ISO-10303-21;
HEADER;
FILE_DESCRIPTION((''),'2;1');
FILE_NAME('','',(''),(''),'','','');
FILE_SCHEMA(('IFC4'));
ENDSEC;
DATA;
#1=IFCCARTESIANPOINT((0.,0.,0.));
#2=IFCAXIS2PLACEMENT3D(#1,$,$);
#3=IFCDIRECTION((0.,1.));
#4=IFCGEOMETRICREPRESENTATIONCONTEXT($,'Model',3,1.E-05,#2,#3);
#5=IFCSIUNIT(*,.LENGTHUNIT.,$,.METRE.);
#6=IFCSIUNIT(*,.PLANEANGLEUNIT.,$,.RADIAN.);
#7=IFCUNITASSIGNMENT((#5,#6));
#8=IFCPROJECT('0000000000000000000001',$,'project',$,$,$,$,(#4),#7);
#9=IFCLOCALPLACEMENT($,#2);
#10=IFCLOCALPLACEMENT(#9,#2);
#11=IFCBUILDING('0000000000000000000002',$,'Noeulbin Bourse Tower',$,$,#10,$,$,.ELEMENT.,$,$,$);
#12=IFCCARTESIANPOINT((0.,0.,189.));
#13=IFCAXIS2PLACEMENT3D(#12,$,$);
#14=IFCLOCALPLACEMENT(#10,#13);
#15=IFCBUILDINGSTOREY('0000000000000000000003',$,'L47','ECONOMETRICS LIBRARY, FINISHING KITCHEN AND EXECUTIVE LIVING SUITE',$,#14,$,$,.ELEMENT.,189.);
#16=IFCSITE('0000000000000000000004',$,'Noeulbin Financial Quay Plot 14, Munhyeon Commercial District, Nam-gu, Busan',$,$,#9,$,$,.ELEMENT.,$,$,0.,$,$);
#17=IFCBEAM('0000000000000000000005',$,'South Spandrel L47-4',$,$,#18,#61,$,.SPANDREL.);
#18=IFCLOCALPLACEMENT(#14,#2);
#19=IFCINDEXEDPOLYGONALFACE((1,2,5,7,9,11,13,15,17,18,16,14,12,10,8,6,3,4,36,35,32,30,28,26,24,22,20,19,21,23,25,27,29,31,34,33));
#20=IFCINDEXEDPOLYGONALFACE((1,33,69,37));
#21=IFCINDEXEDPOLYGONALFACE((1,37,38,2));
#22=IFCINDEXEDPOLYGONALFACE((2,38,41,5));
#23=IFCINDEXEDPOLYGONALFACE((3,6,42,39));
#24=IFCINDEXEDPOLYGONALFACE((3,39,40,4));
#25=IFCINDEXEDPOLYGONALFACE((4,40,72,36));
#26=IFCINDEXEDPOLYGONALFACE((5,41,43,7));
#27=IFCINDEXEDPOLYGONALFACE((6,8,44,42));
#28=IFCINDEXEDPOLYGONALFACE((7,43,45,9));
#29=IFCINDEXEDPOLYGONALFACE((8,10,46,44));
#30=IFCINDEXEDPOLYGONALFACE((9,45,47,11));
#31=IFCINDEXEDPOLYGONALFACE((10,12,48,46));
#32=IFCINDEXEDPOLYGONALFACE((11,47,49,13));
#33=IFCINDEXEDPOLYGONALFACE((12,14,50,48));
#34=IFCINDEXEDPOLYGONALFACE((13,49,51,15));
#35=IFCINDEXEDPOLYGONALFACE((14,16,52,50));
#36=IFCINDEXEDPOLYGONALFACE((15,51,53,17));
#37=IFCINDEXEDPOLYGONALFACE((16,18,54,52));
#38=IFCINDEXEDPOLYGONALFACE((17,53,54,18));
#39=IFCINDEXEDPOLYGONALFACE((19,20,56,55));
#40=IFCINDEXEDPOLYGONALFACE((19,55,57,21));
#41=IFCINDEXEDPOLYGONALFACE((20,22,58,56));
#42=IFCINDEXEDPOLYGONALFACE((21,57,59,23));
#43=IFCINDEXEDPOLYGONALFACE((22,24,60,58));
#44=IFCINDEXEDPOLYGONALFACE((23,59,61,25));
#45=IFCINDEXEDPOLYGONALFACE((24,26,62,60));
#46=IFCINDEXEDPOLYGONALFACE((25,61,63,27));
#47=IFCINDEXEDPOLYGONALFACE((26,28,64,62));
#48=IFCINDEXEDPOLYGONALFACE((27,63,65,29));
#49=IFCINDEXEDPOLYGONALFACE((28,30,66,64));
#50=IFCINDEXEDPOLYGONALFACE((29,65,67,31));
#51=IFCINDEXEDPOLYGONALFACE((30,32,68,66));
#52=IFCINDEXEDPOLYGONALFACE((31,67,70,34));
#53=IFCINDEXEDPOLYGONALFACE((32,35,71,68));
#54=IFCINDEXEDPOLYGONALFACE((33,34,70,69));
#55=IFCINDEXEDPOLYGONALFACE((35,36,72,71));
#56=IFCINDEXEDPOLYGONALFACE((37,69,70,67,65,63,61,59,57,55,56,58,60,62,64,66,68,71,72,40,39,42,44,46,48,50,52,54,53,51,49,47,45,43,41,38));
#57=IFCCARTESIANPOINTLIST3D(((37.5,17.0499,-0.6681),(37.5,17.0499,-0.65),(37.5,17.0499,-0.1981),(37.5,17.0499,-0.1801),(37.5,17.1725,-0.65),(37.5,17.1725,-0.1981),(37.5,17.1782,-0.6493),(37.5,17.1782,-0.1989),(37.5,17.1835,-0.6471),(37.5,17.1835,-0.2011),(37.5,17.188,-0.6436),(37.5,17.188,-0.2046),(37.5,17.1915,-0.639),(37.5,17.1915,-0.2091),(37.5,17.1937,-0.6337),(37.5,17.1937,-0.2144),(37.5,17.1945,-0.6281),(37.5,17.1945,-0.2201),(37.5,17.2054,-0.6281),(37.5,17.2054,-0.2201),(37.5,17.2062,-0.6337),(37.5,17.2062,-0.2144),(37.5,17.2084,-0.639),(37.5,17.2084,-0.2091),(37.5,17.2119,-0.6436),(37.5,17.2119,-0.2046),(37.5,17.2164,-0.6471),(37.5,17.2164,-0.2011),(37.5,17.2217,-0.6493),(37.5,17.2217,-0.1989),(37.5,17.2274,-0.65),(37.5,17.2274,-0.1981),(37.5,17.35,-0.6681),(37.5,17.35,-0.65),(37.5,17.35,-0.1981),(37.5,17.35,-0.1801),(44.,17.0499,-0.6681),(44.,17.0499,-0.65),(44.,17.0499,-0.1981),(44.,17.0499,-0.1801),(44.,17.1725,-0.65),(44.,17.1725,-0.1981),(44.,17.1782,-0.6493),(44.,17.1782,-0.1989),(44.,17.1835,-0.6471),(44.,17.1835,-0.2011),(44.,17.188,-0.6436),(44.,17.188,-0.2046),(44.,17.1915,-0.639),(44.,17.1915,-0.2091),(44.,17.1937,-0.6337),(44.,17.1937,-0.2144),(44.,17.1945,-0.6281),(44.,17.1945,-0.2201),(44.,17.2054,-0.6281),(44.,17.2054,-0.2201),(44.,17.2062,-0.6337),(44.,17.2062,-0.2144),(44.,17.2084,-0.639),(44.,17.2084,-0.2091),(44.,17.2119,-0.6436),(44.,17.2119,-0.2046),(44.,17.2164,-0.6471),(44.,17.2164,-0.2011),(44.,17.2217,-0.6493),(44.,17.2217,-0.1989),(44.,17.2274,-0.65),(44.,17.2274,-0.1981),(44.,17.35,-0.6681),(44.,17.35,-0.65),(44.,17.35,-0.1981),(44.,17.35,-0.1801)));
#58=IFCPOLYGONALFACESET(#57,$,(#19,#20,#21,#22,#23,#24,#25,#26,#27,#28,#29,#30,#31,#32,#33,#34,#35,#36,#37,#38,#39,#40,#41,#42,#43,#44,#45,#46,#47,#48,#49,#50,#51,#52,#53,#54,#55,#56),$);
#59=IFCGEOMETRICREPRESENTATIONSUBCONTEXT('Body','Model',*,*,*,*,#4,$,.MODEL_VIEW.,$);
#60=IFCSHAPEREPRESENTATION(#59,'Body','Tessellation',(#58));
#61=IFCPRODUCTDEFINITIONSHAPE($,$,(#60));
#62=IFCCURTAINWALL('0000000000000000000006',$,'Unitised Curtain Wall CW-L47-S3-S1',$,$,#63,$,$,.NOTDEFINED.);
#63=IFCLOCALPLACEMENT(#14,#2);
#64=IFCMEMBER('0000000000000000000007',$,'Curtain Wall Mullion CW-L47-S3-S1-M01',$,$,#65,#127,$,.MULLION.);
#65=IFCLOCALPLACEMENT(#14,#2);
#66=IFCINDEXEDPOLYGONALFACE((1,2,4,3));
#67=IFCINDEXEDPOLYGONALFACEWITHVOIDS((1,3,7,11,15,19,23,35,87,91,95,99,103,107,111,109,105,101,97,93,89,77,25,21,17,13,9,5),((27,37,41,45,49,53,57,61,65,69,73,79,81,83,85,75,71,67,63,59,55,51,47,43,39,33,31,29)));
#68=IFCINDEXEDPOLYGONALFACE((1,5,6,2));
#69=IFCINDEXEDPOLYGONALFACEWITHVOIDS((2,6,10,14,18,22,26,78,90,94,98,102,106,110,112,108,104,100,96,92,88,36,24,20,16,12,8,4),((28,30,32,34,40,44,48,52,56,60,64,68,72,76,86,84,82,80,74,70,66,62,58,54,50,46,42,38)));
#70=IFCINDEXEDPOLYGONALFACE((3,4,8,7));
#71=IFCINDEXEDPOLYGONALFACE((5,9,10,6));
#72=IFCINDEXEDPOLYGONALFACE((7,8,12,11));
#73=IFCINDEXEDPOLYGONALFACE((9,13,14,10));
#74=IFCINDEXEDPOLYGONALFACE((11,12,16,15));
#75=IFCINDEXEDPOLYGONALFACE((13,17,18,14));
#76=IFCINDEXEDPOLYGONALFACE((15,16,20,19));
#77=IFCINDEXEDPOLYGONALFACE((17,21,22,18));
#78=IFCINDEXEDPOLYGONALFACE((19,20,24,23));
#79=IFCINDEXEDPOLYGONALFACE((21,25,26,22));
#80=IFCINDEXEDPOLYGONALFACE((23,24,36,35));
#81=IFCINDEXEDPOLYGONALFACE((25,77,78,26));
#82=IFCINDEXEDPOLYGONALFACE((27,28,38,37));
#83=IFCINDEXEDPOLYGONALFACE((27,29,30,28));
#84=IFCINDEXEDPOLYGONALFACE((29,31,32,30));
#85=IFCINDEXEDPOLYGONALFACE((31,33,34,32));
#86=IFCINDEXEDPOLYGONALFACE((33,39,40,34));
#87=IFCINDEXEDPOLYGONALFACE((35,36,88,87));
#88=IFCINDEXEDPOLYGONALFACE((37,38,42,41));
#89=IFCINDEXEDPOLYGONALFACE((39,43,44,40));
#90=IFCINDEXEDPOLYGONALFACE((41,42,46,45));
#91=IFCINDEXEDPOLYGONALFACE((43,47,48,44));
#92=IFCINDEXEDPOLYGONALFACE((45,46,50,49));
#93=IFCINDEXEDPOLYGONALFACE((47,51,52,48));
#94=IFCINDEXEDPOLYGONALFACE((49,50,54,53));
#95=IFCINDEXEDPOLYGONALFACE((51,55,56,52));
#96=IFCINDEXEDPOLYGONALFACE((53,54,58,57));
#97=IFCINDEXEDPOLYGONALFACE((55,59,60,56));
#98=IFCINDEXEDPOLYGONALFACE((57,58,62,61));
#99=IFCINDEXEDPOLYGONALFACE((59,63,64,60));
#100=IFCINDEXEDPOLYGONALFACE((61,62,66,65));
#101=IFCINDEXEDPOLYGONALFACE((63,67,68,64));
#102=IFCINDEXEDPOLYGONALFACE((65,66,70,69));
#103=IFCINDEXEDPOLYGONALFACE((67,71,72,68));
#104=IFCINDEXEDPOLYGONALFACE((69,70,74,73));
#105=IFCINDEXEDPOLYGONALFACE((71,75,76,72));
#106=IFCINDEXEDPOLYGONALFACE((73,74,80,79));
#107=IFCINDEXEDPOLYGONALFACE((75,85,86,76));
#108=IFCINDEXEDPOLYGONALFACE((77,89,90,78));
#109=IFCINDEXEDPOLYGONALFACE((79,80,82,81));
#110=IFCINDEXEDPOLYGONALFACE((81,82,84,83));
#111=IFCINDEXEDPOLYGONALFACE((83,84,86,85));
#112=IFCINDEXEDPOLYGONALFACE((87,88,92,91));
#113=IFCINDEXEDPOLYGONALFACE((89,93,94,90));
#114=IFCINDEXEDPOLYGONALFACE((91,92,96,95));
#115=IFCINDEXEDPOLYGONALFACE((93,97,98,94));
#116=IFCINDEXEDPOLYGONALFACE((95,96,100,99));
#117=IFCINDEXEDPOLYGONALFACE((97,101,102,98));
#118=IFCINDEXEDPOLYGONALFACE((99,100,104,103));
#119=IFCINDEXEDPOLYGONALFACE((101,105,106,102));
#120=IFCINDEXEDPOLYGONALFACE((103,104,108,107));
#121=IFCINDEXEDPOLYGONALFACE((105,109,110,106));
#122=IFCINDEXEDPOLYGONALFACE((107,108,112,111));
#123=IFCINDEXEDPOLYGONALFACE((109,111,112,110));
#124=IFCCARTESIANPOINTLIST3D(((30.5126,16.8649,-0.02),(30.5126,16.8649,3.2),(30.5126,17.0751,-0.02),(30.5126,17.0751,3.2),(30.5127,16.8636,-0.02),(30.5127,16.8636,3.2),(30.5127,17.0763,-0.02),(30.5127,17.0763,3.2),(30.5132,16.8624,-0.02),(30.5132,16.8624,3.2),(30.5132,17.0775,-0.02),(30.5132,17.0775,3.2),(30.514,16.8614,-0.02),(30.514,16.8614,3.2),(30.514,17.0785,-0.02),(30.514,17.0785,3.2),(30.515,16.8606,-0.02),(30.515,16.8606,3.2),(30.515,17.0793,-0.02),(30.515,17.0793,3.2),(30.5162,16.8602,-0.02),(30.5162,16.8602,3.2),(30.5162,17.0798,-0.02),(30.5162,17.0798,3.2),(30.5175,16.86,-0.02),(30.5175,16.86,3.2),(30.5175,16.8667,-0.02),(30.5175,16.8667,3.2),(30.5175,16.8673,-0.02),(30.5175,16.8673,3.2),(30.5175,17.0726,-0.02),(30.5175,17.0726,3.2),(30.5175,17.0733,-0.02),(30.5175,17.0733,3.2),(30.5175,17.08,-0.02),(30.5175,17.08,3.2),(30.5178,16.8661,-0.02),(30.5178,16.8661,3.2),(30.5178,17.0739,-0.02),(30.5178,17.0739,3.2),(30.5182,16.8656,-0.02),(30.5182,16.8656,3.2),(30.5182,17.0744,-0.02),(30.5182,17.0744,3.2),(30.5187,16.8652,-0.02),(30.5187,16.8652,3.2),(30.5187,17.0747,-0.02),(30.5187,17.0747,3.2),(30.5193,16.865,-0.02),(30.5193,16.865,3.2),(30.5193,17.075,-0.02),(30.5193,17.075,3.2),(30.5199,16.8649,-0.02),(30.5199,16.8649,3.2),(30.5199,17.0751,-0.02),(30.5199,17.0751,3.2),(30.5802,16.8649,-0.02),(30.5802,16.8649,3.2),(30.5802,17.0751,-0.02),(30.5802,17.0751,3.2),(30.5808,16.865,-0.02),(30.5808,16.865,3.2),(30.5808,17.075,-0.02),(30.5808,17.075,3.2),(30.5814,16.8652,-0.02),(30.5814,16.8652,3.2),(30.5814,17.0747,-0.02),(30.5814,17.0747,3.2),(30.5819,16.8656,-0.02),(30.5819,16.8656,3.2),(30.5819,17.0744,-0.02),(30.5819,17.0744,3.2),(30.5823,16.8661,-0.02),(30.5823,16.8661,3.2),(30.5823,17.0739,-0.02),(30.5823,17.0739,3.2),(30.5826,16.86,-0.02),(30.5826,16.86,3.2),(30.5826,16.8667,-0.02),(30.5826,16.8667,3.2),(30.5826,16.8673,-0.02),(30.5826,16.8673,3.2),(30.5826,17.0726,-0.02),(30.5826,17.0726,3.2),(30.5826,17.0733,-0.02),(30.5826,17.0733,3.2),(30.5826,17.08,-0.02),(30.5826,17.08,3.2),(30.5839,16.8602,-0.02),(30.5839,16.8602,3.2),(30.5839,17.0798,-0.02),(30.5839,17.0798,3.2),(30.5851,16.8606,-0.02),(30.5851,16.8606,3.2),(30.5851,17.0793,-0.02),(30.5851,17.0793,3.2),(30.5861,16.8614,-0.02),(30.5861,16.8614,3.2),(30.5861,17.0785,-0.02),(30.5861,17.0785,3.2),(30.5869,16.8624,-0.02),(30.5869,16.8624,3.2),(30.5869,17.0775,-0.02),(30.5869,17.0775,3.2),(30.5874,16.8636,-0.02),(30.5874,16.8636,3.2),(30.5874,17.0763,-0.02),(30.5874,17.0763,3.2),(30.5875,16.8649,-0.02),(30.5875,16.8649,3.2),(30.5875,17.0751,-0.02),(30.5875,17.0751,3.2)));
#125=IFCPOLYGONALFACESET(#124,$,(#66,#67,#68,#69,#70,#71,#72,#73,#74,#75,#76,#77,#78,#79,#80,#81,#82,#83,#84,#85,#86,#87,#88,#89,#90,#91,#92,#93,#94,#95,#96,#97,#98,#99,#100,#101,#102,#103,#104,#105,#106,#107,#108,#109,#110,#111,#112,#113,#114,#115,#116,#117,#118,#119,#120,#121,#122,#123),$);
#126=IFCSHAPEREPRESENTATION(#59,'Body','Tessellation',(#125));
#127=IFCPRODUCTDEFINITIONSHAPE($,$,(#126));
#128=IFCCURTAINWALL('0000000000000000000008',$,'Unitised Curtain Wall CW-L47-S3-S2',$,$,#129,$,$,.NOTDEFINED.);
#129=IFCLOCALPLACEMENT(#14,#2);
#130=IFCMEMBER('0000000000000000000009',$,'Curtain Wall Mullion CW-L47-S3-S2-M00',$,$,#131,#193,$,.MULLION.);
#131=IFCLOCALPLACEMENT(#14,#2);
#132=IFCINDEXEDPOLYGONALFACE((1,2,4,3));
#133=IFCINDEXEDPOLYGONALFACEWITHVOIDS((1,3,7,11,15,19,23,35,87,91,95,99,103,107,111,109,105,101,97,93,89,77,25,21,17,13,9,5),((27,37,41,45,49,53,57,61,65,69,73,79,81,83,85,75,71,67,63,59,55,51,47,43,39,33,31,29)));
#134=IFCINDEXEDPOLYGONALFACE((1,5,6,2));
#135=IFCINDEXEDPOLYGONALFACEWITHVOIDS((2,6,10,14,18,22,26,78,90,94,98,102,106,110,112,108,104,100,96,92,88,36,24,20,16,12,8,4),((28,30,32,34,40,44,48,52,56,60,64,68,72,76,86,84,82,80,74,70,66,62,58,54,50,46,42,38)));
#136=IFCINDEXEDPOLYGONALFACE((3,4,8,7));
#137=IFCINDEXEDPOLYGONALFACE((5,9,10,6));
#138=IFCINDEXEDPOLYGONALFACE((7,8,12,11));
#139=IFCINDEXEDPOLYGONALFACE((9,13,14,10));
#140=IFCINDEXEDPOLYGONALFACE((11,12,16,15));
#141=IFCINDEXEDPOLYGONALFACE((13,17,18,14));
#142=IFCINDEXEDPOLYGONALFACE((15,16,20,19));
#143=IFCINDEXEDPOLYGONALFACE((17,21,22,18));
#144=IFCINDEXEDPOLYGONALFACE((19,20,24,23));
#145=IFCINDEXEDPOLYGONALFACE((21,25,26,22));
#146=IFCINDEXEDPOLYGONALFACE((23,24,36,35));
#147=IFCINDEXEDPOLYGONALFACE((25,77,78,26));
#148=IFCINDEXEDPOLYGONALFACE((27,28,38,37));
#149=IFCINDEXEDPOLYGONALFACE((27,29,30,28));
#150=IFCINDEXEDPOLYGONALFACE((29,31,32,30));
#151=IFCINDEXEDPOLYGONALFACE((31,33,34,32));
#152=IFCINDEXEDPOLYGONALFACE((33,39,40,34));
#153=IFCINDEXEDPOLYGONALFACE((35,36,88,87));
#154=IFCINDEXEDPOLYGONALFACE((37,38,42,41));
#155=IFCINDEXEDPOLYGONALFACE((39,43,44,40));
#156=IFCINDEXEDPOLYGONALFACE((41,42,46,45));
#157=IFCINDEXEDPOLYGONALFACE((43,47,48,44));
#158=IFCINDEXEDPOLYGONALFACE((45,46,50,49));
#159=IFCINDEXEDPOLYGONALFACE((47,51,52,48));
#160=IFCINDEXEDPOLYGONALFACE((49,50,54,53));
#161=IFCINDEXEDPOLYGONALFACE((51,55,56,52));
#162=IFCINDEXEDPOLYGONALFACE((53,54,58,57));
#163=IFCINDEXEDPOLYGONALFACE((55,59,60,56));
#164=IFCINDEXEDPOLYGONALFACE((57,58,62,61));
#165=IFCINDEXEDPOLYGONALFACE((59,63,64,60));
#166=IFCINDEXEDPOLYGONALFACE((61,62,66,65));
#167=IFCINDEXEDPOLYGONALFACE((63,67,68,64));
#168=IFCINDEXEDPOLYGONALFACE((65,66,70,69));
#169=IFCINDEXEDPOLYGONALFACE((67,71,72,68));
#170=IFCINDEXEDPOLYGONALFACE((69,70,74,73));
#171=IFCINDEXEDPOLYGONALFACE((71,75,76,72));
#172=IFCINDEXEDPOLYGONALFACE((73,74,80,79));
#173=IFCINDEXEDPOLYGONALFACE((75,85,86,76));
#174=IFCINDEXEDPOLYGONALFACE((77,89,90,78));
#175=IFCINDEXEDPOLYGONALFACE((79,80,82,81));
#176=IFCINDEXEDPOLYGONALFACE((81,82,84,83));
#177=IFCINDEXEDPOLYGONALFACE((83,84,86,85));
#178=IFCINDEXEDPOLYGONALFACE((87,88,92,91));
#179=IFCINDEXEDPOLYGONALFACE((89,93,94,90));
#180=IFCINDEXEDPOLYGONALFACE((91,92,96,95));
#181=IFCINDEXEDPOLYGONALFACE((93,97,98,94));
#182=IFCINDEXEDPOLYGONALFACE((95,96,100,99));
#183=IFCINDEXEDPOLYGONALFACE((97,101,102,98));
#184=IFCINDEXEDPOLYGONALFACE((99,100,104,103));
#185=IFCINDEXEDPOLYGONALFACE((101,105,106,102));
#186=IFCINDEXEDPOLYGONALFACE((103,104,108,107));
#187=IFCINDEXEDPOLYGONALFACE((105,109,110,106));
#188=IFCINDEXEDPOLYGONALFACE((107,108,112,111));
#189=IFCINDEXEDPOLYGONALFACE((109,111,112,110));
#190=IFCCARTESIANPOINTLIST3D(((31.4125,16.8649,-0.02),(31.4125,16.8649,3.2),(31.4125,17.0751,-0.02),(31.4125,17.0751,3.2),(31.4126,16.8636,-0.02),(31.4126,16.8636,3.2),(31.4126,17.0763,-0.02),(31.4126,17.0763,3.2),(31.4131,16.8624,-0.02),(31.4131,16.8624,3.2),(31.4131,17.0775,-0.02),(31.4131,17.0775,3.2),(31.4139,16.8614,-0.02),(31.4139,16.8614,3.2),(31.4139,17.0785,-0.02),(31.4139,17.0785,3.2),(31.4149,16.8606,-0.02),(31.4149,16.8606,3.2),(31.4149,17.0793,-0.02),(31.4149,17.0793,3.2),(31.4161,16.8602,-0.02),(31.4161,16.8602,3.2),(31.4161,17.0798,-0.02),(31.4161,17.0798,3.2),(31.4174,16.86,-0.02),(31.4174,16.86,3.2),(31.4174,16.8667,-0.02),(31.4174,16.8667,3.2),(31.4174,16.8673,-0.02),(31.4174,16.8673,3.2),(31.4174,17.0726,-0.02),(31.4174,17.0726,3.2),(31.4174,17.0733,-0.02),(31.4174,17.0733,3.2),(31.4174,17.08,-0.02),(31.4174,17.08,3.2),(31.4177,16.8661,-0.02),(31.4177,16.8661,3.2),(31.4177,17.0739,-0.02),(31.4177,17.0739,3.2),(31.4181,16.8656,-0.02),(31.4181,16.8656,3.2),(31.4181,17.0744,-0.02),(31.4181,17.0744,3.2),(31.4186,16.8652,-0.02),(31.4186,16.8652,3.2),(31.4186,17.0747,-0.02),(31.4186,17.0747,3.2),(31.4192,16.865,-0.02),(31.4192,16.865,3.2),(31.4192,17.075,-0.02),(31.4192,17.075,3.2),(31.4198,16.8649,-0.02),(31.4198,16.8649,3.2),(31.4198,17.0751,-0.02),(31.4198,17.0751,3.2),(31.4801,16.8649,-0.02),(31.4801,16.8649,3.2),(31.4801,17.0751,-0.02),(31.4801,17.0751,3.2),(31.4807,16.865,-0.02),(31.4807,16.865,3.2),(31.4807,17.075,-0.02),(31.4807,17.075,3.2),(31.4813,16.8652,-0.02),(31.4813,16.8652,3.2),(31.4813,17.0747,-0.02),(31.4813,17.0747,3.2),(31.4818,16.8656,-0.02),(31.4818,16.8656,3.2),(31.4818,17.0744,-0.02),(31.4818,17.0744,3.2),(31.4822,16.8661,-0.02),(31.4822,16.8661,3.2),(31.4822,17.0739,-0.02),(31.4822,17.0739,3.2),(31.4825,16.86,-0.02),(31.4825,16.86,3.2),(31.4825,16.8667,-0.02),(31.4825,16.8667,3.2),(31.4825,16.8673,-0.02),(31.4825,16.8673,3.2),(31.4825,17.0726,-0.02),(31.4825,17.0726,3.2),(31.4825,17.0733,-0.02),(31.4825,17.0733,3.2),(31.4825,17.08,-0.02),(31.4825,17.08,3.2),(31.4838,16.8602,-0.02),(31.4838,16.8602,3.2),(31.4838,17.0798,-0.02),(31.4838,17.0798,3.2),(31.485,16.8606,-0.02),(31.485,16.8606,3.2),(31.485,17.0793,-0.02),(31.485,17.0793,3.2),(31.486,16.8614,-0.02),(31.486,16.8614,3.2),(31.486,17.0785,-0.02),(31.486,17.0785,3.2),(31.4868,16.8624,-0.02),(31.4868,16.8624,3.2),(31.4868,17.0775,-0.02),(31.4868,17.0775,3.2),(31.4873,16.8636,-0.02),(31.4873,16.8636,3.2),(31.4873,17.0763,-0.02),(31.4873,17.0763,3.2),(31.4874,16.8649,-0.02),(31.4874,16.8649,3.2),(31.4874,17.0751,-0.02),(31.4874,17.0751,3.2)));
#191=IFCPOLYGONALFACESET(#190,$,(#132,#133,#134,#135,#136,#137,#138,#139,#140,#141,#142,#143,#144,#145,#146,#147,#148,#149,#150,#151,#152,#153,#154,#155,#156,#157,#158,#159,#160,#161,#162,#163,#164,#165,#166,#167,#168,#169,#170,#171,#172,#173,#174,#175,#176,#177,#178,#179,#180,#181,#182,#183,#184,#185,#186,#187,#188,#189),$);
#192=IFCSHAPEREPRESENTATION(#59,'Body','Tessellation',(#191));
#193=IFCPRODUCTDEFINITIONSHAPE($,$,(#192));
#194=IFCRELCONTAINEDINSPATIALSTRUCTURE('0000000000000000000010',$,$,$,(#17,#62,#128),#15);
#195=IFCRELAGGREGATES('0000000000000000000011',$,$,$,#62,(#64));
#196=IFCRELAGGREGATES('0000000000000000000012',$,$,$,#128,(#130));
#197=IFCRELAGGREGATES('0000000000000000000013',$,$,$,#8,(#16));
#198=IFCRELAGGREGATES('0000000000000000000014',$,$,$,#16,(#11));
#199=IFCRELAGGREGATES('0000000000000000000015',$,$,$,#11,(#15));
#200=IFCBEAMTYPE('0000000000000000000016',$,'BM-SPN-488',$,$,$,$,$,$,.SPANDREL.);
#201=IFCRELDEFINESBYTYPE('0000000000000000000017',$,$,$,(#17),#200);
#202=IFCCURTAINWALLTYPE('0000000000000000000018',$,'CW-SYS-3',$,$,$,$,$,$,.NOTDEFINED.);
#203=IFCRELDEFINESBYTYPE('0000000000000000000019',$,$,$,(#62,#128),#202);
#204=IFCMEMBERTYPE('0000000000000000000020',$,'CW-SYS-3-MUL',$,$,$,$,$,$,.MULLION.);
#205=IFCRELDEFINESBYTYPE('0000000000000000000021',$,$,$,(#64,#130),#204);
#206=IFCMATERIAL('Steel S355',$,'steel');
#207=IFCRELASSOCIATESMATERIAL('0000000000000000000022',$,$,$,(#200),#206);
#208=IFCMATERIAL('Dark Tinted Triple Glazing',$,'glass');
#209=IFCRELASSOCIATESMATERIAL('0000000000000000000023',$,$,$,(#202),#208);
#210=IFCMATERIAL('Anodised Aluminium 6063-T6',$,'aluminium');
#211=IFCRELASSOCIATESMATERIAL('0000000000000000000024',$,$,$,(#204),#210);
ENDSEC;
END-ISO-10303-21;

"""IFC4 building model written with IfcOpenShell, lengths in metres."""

from ifc_helpers import new_model, si_unit, direction, frame, origin, origin_2d, place, context, subcontext, project, spatial, hollow_rectangle, i_section, extrude, material, material_profile, profile_set, type_object, element, aggregate, save


model = new_model("IFC4")

# Units and contexts
model_context = context("Model", 3, precision=1e-05, world=origin(), true_north=direction((0.0, 1.0)))
body_context = subcontext(model_context, "Body", "Model", "MODEL_VIEW")
ifc_project = project(units=[si_unit("LENGTHUNIT", "METRE"), si_unit("PLANEANGLEUNIT", "RADIAN")], contexts=[model_context])

# Site, building, storey
site_placement = place(None, origin())
site = spatial("IfcSite", under=ifc_project, at=site_placement, Name="Noeulbin Financial Quay Plot 14, Munhyeon Commercial District, Nam-gu, Busan", CompositionType="ELEMENT", RefElevation=0.0)
building_placement = place(site_placement, origin())
building = spatial("IfcBuilding", under=site, at=building_placement, Name="Noeulbin Bourse Tower", CompositionType="ELEMENT")
storey_placement = place(building_placement, frame((0.0, 0.0, 189.0)))
storey = spatial("IfcBuildingStorey", under=building, at=storey_placement, Name="L47", Description="ECONOMETRICS LIBRARY, FINISHING KITCHEN AND EXECUTIVE LIVING SUITE", CompositionType="ELEMENT", Elevation=189.0)

# Shared definitions
ifc_material_1 = material(Name="Steel S355", Category="steel")

# Beam
ifc_material_profile_1 = material_profile(ifc_material_1, i_section(OverallWidth=0.3, OverallDepth=0.488, WebThickness=0.011, FlangeThickness=0.0181, FilletRadius=0.022, at=origin_2d()), Name="H-488x300x11x18", Category="LoadBearing")
ifc_profile_set_1 = profile_set([ifc_material_profile_1], Name="Steel S355")
beam_type_1 = type_object("IfcBeamType", Name="BM-SPN-488", PredefinedType="SPANDREL", material=ifc_profile_set_1)
for number, where, z_axis, x_axis, name in (
    (1, (37.5, 17.2, -0.4241), (1.0, 0.0, 0.0), (0.0, 1.0, 0.0), "South Spandrel L47-4"),
):
    element("IfcBeam", number, at=place(storey_placement, frame(where, z_axis=z_axis, x_axis=x_axis)), inside=storey, type_object=beam_type_1, Name=name, PredefinedType="SPANDREL", context=body_context, shape_type="SweptSolid", body=[
        extrude(i_section(OverallWidth=0.3, OverallDepth=0.488, WebThickness=0.011, FlangeThickness=0.0181, FilletRadius=0.022, at=origin_2d()), origin(), (0.0, 0.0, 1.0), 6.5),
    ])

# Curtain wall, member
ifc_material_2 = material(Name="Dark Tinted Triple Glazing", Category="glass")
curtain_wall_type = type_object("IfcCurtainWallType", Name="CW-SYS-3", PredefinedType="NOTDEFINED", material=ifc_material_2)
curtain_wall_1_placement = place(storey_placement, origin())
curtain_wall_1 = element("IfcCurtainWall", 2, at=curtain_wall_1_placement, inside=storey, type_object=curtain_wall_type, Name="Unitised Curtain Wall CW-L47-S3-S1", PredefinedType="NOTDEFINED")
ifc_material_3 = material(Name="Anodised Aluminium 6063-T6", Category="aluminium")
ifc_material_profile_2 = material_profile(ifc_material_3, hollow_rectangle(XDim=0.075, YDim=0.22, WallThickness=0.0049, InnerFilletRadius=0.0024, OuterFilletRadius=0.0049, at=origin_2d()), Name="ALU-MULL-75x220x5", Category="LoadBearing")
ifc_profile_set_2 = profile_set([ifc_material_profile_2], Name="Anodised Aluminium 6063-T6")
member_type_1 = type_object("IfcMemberType", Name="CW-SYS-3-MUL", PredefinedType="MULLION", material=ifc_profile_set_2)
member_1_placement = place(storey_placement, frame((30.55, 16.97, -0.02), z_axis=(0.0, 0.0, 1.0), x_axis=(1.0, 0.0, 0.0)))
member_1 = element("IfcMember", 3, at=member_1_placement, type_object=member_type_1, Name="Curtain Wall Mullion CW-L47-S3-S1-M01", PredefinedType="MULLION", context=body_context, shape_type="SweptSolid", body=[
    extrude(hollow_rectangle(XDim=0.075, YDim=0.22, WallThickness=0.0049, InnerFilletRadius=0.0024, OuterFilletRadius=0.0049, at=origin_2d()), origin(), (0.0, 0.0, 1.0), 3.22),
])

# Curtain wall, member
curtain_wall_2_placement = place(storey_placement, origin())
curtain_wall_2 = element("IfcCurtainWall", 4, at=curtain_wall_2_placement, inside=storey, type_object=curtain_wall_type, Name="Unitised Curtain Wall CW-L47-S3-S2", PredefinedType="NOTDEFINED")
member_2_placement = place(storey_placement, frame((31.45, 16.97, -0.02), z_axis=(0.0, 0.0, 1.0), x_axis=(1.0, 0.0, 0.0)))
member_2 = element("IfcMember", 5, at=member_2_placement, type_object=member_type_1, Name="Curtain Wall Mullion CW-L47-S3-S2-M00", PredefinedType="MULLION", context=body_context, shape_type="SweptSolid", body=[
    extrude(hollow_rectangle(XDim=0.075, YDim=0.22, WallThickness=0.0049, InnerFilletRadius=0.0024, OuterFilletRadius=0.0049, at=origin_2d()), origin(), (0.0, 0.0, 1.0), 3.22),
])

aggregate(curtain_wall_1, [member_1])
aggregate(curtain_wall_2, [member_2])

save(model, "model.ifc")
